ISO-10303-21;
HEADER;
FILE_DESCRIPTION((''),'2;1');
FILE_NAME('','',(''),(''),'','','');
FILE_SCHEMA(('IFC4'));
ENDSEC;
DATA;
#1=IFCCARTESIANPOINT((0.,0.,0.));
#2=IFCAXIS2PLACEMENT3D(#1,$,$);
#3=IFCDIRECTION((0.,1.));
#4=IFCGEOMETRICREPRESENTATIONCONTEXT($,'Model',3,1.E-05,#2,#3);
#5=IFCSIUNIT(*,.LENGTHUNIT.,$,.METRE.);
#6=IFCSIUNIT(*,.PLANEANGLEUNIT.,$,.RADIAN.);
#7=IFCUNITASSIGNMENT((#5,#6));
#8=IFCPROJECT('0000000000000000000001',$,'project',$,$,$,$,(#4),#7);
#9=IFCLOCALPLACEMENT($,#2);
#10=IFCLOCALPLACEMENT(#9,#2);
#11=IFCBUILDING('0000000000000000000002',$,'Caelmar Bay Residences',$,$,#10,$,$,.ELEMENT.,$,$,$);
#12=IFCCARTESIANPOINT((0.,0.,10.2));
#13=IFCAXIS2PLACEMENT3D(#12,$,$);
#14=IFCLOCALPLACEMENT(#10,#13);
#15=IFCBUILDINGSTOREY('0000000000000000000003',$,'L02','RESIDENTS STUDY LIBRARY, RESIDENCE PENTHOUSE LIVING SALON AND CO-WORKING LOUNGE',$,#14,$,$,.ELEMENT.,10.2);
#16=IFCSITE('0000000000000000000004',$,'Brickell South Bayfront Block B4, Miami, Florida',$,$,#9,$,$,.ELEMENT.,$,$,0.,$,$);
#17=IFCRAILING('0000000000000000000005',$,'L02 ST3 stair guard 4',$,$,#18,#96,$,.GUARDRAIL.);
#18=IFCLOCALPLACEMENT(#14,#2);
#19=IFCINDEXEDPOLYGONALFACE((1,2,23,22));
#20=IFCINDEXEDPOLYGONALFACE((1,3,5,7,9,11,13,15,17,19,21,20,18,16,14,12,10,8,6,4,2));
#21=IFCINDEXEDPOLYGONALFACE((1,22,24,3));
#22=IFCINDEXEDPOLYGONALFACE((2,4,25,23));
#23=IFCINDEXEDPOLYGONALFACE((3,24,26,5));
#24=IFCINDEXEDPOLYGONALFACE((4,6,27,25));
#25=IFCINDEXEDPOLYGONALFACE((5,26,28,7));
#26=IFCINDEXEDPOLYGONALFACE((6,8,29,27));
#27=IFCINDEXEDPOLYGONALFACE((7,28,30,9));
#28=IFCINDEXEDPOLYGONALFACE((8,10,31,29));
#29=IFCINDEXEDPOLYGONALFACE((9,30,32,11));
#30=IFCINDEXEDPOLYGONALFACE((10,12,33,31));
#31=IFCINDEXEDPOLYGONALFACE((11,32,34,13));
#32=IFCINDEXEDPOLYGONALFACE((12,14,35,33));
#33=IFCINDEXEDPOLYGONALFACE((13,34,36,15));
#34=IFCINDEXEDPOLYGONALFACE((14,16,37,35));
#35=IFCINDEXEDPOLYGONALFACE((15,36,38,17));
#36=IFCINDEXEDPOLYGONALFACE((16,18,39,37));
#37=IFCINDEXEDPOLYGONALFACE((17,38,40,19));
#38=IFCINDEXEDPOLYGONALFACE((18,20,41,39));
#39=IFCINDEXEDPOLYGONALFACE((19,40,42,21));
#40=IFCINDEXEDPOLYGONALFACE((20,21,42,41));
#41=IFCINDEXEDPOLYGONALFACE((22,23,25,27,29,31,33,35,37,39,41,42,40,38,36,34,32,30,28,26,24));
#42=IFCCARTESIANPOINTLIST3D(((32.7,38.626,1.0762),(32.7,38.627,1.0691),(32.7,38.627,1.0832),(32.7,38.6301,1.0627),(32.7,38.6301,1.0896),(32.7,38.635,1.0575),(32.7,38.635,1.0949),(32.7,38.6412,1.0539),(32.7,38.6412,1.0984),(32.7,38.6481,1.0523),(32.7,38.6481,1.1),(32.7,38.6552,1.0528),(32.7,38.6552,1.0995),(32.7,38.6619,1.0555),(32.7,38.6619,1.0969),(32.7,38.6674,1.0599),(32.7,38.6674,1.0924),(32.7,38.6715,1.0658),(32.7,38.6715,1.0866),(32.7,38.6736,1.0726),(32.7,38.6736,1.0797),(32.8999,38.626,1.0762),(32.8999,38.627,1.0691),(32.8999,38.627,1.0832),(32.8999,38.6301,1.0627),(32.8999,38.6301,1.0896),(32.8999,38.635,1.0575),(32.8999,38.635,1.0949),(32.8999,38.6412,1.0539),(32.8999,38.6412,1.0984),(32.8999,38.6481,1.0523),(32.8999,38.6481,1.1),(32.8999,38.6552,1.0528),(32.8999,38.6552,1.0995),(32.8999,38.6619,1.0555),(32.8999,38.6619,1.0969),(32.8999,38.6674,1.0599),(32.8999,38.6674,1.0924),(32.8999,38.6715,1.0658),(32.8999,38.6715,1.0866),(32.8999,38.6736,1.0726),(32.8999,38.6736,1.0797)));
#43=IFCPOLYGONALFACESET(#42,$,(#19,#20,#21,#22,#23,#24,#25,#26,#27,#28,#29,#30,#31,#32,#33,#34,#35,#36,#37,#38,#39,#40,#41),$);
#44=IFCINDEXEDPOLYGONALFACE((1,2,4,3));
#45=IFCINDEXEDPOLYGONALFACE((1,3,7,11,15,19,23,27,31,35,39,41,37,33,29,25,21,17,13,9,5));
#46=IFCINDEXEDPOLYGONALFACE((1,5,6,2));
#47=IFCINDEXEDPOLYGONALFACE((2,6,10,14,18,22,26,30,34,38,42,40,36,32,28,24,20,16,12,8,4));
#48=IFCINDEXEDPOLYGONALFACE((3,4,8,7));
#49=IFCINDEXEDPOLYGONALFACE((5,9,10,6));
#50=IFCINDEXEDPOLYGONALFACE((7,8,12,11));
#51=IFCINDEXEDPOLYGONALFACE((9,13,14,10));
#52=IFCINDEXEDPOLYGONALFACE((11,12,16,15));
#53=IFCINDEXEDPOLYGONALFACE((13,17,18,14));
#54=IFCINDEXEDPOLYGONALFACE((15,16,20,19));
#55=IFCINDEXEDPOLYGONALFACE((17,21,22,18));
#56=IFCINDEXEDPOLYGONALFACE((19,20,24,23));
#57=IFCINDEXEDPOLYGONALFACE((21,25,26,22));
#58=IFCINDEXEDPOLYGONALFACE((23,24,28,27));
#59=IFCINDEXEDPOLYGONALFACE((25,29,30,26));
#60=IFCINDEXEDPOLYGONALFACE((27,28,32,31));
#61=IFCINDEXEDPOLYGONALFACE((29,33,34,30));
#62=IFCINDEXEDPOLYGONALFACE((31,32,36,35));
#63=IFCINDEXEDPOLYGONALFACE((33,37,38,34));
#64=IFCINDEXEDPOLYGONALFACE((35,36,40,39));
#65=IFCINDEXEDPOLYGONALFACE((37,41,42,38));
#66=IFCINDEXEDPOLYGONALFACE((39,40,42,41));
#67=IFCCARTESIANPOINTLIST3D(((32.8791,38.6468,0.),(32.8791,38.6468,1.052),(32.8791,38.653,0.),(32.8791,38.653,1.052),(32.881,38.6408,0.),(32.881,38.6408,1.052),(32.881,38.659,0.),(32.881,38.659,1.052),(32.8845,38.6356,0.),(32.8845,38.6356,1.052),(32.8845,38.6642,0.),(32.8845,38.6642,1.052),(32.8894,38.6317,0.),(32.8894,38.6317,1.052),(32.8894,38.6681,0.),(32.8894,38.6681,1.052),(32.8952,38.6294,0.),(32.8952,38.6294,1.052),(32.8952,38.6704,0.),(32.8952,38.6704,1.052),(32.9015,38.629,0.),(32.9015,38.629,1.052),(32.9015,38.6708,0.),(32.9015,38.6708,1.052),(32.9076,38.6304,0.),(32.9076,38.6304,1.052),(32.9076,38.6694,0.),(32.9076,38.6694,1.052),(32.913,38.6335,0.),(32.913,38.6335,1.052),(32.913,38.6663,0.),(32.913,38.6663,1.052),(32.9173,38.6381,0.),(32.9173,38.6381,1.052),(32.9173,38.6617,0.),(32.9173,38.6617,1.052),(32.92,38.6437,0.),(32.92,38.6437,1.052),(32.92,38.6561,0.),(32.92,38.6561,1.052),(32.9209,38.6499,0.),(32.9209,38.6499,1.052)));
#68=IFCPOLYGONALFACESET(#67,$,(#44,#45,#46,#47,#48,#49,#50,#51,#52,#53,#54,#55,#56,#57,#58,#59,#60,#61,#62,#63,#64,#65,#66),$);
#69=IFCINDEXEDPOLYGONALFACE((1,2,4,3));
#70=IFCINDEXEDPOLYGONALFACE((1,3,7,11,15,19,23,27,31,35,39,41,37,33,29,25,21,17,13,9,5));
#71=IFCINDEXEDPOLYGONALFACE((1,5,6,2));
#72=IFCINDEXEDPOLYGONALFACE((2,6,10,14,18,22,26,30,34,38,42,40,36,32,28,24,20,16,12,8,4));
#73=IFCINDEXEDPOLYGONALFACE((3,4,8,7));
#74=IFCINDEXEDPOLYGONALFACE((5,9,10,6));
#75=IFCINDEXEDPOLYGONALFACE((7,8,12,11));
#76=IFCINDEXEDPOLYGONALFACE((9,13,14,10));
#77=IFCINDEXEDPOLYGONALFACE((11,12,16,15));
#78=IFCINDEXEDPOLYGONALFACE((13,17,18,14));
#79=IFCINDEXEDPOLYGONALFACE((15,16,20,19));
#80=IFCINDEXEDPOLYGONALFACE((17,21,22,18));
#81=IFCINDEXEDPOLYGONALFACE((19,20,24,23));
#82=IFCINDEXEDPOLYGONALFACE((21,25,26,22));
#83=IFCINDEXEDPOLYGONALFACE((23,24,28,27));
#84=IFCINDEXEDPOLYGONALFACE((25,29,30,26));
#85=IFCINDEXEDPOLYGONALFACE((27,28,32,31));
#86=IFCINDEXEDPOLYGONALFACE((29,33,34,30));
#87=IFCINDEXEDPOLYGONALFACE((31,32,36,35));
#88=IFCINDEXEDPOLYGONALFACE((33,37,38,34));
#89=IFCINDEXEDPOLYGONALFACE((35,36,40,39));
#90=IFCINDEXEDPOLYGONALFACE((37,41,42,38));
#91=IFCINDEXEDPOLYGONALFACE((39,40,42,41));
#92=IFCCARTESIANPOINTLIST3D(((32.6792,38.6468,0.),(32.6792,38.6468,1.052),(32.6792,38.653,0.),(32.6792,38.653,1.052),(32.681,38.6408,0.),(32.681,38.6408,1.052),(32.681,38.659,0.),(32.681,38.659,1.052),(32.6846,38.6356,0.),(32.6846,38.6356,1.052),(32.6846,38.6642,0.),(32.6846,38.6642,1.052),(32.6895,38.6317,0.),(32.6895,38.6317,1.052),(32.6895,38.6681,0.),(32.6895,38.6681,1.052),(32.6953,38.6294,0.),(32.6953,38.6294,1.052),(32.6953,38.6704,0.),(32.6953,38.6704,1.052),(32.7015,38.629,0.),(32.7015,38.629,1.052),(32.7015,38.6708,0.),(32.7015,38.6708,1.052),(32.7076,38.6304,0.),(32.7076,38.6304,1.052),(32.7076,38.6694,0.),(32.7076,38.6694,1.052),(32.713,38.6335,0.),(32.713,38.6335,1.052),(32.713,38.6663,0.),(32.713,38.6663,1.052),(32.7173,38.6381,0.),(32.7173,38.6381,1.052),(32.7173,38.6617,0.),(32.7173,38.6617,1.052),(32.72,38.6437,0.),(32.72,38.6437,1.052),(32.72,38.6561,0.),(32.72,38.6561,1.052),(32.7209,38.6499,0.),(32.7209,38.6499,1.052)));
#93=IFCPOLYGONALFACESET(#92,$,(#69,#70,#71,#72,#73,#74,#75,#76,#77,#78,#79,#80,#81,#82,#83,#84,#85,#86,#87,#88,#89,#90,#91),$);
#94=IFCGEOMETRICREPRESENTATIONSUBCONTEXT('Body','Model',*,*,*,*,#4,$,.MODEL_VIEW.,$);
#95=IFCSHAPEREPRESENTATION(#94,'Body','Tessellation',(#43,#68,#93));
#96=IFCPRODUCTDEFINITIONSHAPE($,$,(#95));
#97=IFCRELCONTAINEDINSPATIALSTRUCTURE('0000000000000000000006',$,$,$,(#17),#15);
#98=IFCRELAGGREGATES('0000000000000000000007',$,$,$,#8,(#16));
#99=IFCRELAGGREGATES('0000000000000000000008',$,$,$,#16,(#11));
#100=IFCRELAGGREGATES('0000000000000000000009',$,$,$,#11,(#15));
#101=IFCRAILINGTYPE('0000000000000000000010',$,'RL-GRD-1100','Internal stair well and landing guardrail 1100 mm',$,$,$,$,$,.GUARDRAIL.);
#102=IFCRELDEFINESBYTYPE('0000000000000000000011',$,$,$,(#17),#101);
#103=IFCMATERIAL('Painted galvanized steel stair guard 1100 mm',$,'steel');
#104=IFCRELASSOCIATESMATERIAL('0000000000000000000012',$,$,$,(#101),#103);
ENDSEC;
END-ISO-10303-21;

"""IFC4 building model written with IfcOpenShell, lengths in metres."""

from ifc_helpers import new_model, si_unit, direction, frame, origin, origin_2d, place, context, subcontext, project, spatial, circle, extrude, material, type_object, element, save


model = new_model("IFC4")

# Units and contexts
model_context = context("Model", 3, precision=1e-05, world=origin(), true_north=direction((0.0, 1.0)))
body_context = subcontext(model_context, "Body", "Model", "MODEL_VIEW")
ifc_project = project(units=[si_unit("LENGTHUNIT", "METRE"), si_unit("PLANEANGLEUNIT", "RADIAN")], contexts=[model_context])

# Site, building, storey
site_placement = place(None, origin())
site = spatial("IfcSite", under=ifc_project, at=site_placement, Name="Brickell South Bayfront Block B4, Miami, Florida", CompositionType="ELEMENT", RefElevation=0.0)
building_placement = place(site_placement, origin())
building = spatial("IfcBuilding", under=site, at=building_placement, Name="Caelmar Bay Residences", CompositionType="ELEMENT")
storey_placement = place(building_placement, frame((0.0, 0.0, 10.2)))
storey = spatial("IfcBuildingStorey", under=building, at=storey_placement, Name="L02", Description="RESIDENTS STUDY LIBRARY, RESIDENCE PENTHOUSE LIVING SALON AND CO-WORKING LOUNGE", CompositionType="ELEMENT", Elevation=10.2)

# Railing
ifc_material_1 = material(Name="Painted galvanized steel stair guard 1100 mm", Category="steel")
railing_type_1 = type_object("IfcRailingType", Name="RL-GRD-1100", Description="Internal stair well and landing guardrail 1100 mm", PredefinedType="GUARDRAIL", material=ifc_material_1)
railing_1_placement = place(storey_placement, frame((32.8999, 38.6499, 0.0)))
element("IfcRailing", 1, at=railing_1_placement, inside=storey, type_object=railing_type_1, Name="L02 ST3 stair guard 4", PredefinedType="GUARDRAIL", context=body_context, shape_type="SweptSolid", body=[
    extrude(circle(Radius=0.0239, at=origin_2d()), frame((0.0, 0.0, 1.0762), z_axis=(-1.0, 0.0, 0.0), x_axis=(0.0, -1.0, 0.0)), (0.0, 0.0, 1.0), 0.2),
    extrude(circle(Radius=0.021, at=origin_2d()), origin(), (0.0, 0.0, 1.0), 1.052),
    extrude(circle(Radius=0.021, at=origin_2d()), frame((-0.2, 0.0, 0.0)), (0.0, 0.0, 1.0), 1.052),
])

save(model, "model.ifc")
